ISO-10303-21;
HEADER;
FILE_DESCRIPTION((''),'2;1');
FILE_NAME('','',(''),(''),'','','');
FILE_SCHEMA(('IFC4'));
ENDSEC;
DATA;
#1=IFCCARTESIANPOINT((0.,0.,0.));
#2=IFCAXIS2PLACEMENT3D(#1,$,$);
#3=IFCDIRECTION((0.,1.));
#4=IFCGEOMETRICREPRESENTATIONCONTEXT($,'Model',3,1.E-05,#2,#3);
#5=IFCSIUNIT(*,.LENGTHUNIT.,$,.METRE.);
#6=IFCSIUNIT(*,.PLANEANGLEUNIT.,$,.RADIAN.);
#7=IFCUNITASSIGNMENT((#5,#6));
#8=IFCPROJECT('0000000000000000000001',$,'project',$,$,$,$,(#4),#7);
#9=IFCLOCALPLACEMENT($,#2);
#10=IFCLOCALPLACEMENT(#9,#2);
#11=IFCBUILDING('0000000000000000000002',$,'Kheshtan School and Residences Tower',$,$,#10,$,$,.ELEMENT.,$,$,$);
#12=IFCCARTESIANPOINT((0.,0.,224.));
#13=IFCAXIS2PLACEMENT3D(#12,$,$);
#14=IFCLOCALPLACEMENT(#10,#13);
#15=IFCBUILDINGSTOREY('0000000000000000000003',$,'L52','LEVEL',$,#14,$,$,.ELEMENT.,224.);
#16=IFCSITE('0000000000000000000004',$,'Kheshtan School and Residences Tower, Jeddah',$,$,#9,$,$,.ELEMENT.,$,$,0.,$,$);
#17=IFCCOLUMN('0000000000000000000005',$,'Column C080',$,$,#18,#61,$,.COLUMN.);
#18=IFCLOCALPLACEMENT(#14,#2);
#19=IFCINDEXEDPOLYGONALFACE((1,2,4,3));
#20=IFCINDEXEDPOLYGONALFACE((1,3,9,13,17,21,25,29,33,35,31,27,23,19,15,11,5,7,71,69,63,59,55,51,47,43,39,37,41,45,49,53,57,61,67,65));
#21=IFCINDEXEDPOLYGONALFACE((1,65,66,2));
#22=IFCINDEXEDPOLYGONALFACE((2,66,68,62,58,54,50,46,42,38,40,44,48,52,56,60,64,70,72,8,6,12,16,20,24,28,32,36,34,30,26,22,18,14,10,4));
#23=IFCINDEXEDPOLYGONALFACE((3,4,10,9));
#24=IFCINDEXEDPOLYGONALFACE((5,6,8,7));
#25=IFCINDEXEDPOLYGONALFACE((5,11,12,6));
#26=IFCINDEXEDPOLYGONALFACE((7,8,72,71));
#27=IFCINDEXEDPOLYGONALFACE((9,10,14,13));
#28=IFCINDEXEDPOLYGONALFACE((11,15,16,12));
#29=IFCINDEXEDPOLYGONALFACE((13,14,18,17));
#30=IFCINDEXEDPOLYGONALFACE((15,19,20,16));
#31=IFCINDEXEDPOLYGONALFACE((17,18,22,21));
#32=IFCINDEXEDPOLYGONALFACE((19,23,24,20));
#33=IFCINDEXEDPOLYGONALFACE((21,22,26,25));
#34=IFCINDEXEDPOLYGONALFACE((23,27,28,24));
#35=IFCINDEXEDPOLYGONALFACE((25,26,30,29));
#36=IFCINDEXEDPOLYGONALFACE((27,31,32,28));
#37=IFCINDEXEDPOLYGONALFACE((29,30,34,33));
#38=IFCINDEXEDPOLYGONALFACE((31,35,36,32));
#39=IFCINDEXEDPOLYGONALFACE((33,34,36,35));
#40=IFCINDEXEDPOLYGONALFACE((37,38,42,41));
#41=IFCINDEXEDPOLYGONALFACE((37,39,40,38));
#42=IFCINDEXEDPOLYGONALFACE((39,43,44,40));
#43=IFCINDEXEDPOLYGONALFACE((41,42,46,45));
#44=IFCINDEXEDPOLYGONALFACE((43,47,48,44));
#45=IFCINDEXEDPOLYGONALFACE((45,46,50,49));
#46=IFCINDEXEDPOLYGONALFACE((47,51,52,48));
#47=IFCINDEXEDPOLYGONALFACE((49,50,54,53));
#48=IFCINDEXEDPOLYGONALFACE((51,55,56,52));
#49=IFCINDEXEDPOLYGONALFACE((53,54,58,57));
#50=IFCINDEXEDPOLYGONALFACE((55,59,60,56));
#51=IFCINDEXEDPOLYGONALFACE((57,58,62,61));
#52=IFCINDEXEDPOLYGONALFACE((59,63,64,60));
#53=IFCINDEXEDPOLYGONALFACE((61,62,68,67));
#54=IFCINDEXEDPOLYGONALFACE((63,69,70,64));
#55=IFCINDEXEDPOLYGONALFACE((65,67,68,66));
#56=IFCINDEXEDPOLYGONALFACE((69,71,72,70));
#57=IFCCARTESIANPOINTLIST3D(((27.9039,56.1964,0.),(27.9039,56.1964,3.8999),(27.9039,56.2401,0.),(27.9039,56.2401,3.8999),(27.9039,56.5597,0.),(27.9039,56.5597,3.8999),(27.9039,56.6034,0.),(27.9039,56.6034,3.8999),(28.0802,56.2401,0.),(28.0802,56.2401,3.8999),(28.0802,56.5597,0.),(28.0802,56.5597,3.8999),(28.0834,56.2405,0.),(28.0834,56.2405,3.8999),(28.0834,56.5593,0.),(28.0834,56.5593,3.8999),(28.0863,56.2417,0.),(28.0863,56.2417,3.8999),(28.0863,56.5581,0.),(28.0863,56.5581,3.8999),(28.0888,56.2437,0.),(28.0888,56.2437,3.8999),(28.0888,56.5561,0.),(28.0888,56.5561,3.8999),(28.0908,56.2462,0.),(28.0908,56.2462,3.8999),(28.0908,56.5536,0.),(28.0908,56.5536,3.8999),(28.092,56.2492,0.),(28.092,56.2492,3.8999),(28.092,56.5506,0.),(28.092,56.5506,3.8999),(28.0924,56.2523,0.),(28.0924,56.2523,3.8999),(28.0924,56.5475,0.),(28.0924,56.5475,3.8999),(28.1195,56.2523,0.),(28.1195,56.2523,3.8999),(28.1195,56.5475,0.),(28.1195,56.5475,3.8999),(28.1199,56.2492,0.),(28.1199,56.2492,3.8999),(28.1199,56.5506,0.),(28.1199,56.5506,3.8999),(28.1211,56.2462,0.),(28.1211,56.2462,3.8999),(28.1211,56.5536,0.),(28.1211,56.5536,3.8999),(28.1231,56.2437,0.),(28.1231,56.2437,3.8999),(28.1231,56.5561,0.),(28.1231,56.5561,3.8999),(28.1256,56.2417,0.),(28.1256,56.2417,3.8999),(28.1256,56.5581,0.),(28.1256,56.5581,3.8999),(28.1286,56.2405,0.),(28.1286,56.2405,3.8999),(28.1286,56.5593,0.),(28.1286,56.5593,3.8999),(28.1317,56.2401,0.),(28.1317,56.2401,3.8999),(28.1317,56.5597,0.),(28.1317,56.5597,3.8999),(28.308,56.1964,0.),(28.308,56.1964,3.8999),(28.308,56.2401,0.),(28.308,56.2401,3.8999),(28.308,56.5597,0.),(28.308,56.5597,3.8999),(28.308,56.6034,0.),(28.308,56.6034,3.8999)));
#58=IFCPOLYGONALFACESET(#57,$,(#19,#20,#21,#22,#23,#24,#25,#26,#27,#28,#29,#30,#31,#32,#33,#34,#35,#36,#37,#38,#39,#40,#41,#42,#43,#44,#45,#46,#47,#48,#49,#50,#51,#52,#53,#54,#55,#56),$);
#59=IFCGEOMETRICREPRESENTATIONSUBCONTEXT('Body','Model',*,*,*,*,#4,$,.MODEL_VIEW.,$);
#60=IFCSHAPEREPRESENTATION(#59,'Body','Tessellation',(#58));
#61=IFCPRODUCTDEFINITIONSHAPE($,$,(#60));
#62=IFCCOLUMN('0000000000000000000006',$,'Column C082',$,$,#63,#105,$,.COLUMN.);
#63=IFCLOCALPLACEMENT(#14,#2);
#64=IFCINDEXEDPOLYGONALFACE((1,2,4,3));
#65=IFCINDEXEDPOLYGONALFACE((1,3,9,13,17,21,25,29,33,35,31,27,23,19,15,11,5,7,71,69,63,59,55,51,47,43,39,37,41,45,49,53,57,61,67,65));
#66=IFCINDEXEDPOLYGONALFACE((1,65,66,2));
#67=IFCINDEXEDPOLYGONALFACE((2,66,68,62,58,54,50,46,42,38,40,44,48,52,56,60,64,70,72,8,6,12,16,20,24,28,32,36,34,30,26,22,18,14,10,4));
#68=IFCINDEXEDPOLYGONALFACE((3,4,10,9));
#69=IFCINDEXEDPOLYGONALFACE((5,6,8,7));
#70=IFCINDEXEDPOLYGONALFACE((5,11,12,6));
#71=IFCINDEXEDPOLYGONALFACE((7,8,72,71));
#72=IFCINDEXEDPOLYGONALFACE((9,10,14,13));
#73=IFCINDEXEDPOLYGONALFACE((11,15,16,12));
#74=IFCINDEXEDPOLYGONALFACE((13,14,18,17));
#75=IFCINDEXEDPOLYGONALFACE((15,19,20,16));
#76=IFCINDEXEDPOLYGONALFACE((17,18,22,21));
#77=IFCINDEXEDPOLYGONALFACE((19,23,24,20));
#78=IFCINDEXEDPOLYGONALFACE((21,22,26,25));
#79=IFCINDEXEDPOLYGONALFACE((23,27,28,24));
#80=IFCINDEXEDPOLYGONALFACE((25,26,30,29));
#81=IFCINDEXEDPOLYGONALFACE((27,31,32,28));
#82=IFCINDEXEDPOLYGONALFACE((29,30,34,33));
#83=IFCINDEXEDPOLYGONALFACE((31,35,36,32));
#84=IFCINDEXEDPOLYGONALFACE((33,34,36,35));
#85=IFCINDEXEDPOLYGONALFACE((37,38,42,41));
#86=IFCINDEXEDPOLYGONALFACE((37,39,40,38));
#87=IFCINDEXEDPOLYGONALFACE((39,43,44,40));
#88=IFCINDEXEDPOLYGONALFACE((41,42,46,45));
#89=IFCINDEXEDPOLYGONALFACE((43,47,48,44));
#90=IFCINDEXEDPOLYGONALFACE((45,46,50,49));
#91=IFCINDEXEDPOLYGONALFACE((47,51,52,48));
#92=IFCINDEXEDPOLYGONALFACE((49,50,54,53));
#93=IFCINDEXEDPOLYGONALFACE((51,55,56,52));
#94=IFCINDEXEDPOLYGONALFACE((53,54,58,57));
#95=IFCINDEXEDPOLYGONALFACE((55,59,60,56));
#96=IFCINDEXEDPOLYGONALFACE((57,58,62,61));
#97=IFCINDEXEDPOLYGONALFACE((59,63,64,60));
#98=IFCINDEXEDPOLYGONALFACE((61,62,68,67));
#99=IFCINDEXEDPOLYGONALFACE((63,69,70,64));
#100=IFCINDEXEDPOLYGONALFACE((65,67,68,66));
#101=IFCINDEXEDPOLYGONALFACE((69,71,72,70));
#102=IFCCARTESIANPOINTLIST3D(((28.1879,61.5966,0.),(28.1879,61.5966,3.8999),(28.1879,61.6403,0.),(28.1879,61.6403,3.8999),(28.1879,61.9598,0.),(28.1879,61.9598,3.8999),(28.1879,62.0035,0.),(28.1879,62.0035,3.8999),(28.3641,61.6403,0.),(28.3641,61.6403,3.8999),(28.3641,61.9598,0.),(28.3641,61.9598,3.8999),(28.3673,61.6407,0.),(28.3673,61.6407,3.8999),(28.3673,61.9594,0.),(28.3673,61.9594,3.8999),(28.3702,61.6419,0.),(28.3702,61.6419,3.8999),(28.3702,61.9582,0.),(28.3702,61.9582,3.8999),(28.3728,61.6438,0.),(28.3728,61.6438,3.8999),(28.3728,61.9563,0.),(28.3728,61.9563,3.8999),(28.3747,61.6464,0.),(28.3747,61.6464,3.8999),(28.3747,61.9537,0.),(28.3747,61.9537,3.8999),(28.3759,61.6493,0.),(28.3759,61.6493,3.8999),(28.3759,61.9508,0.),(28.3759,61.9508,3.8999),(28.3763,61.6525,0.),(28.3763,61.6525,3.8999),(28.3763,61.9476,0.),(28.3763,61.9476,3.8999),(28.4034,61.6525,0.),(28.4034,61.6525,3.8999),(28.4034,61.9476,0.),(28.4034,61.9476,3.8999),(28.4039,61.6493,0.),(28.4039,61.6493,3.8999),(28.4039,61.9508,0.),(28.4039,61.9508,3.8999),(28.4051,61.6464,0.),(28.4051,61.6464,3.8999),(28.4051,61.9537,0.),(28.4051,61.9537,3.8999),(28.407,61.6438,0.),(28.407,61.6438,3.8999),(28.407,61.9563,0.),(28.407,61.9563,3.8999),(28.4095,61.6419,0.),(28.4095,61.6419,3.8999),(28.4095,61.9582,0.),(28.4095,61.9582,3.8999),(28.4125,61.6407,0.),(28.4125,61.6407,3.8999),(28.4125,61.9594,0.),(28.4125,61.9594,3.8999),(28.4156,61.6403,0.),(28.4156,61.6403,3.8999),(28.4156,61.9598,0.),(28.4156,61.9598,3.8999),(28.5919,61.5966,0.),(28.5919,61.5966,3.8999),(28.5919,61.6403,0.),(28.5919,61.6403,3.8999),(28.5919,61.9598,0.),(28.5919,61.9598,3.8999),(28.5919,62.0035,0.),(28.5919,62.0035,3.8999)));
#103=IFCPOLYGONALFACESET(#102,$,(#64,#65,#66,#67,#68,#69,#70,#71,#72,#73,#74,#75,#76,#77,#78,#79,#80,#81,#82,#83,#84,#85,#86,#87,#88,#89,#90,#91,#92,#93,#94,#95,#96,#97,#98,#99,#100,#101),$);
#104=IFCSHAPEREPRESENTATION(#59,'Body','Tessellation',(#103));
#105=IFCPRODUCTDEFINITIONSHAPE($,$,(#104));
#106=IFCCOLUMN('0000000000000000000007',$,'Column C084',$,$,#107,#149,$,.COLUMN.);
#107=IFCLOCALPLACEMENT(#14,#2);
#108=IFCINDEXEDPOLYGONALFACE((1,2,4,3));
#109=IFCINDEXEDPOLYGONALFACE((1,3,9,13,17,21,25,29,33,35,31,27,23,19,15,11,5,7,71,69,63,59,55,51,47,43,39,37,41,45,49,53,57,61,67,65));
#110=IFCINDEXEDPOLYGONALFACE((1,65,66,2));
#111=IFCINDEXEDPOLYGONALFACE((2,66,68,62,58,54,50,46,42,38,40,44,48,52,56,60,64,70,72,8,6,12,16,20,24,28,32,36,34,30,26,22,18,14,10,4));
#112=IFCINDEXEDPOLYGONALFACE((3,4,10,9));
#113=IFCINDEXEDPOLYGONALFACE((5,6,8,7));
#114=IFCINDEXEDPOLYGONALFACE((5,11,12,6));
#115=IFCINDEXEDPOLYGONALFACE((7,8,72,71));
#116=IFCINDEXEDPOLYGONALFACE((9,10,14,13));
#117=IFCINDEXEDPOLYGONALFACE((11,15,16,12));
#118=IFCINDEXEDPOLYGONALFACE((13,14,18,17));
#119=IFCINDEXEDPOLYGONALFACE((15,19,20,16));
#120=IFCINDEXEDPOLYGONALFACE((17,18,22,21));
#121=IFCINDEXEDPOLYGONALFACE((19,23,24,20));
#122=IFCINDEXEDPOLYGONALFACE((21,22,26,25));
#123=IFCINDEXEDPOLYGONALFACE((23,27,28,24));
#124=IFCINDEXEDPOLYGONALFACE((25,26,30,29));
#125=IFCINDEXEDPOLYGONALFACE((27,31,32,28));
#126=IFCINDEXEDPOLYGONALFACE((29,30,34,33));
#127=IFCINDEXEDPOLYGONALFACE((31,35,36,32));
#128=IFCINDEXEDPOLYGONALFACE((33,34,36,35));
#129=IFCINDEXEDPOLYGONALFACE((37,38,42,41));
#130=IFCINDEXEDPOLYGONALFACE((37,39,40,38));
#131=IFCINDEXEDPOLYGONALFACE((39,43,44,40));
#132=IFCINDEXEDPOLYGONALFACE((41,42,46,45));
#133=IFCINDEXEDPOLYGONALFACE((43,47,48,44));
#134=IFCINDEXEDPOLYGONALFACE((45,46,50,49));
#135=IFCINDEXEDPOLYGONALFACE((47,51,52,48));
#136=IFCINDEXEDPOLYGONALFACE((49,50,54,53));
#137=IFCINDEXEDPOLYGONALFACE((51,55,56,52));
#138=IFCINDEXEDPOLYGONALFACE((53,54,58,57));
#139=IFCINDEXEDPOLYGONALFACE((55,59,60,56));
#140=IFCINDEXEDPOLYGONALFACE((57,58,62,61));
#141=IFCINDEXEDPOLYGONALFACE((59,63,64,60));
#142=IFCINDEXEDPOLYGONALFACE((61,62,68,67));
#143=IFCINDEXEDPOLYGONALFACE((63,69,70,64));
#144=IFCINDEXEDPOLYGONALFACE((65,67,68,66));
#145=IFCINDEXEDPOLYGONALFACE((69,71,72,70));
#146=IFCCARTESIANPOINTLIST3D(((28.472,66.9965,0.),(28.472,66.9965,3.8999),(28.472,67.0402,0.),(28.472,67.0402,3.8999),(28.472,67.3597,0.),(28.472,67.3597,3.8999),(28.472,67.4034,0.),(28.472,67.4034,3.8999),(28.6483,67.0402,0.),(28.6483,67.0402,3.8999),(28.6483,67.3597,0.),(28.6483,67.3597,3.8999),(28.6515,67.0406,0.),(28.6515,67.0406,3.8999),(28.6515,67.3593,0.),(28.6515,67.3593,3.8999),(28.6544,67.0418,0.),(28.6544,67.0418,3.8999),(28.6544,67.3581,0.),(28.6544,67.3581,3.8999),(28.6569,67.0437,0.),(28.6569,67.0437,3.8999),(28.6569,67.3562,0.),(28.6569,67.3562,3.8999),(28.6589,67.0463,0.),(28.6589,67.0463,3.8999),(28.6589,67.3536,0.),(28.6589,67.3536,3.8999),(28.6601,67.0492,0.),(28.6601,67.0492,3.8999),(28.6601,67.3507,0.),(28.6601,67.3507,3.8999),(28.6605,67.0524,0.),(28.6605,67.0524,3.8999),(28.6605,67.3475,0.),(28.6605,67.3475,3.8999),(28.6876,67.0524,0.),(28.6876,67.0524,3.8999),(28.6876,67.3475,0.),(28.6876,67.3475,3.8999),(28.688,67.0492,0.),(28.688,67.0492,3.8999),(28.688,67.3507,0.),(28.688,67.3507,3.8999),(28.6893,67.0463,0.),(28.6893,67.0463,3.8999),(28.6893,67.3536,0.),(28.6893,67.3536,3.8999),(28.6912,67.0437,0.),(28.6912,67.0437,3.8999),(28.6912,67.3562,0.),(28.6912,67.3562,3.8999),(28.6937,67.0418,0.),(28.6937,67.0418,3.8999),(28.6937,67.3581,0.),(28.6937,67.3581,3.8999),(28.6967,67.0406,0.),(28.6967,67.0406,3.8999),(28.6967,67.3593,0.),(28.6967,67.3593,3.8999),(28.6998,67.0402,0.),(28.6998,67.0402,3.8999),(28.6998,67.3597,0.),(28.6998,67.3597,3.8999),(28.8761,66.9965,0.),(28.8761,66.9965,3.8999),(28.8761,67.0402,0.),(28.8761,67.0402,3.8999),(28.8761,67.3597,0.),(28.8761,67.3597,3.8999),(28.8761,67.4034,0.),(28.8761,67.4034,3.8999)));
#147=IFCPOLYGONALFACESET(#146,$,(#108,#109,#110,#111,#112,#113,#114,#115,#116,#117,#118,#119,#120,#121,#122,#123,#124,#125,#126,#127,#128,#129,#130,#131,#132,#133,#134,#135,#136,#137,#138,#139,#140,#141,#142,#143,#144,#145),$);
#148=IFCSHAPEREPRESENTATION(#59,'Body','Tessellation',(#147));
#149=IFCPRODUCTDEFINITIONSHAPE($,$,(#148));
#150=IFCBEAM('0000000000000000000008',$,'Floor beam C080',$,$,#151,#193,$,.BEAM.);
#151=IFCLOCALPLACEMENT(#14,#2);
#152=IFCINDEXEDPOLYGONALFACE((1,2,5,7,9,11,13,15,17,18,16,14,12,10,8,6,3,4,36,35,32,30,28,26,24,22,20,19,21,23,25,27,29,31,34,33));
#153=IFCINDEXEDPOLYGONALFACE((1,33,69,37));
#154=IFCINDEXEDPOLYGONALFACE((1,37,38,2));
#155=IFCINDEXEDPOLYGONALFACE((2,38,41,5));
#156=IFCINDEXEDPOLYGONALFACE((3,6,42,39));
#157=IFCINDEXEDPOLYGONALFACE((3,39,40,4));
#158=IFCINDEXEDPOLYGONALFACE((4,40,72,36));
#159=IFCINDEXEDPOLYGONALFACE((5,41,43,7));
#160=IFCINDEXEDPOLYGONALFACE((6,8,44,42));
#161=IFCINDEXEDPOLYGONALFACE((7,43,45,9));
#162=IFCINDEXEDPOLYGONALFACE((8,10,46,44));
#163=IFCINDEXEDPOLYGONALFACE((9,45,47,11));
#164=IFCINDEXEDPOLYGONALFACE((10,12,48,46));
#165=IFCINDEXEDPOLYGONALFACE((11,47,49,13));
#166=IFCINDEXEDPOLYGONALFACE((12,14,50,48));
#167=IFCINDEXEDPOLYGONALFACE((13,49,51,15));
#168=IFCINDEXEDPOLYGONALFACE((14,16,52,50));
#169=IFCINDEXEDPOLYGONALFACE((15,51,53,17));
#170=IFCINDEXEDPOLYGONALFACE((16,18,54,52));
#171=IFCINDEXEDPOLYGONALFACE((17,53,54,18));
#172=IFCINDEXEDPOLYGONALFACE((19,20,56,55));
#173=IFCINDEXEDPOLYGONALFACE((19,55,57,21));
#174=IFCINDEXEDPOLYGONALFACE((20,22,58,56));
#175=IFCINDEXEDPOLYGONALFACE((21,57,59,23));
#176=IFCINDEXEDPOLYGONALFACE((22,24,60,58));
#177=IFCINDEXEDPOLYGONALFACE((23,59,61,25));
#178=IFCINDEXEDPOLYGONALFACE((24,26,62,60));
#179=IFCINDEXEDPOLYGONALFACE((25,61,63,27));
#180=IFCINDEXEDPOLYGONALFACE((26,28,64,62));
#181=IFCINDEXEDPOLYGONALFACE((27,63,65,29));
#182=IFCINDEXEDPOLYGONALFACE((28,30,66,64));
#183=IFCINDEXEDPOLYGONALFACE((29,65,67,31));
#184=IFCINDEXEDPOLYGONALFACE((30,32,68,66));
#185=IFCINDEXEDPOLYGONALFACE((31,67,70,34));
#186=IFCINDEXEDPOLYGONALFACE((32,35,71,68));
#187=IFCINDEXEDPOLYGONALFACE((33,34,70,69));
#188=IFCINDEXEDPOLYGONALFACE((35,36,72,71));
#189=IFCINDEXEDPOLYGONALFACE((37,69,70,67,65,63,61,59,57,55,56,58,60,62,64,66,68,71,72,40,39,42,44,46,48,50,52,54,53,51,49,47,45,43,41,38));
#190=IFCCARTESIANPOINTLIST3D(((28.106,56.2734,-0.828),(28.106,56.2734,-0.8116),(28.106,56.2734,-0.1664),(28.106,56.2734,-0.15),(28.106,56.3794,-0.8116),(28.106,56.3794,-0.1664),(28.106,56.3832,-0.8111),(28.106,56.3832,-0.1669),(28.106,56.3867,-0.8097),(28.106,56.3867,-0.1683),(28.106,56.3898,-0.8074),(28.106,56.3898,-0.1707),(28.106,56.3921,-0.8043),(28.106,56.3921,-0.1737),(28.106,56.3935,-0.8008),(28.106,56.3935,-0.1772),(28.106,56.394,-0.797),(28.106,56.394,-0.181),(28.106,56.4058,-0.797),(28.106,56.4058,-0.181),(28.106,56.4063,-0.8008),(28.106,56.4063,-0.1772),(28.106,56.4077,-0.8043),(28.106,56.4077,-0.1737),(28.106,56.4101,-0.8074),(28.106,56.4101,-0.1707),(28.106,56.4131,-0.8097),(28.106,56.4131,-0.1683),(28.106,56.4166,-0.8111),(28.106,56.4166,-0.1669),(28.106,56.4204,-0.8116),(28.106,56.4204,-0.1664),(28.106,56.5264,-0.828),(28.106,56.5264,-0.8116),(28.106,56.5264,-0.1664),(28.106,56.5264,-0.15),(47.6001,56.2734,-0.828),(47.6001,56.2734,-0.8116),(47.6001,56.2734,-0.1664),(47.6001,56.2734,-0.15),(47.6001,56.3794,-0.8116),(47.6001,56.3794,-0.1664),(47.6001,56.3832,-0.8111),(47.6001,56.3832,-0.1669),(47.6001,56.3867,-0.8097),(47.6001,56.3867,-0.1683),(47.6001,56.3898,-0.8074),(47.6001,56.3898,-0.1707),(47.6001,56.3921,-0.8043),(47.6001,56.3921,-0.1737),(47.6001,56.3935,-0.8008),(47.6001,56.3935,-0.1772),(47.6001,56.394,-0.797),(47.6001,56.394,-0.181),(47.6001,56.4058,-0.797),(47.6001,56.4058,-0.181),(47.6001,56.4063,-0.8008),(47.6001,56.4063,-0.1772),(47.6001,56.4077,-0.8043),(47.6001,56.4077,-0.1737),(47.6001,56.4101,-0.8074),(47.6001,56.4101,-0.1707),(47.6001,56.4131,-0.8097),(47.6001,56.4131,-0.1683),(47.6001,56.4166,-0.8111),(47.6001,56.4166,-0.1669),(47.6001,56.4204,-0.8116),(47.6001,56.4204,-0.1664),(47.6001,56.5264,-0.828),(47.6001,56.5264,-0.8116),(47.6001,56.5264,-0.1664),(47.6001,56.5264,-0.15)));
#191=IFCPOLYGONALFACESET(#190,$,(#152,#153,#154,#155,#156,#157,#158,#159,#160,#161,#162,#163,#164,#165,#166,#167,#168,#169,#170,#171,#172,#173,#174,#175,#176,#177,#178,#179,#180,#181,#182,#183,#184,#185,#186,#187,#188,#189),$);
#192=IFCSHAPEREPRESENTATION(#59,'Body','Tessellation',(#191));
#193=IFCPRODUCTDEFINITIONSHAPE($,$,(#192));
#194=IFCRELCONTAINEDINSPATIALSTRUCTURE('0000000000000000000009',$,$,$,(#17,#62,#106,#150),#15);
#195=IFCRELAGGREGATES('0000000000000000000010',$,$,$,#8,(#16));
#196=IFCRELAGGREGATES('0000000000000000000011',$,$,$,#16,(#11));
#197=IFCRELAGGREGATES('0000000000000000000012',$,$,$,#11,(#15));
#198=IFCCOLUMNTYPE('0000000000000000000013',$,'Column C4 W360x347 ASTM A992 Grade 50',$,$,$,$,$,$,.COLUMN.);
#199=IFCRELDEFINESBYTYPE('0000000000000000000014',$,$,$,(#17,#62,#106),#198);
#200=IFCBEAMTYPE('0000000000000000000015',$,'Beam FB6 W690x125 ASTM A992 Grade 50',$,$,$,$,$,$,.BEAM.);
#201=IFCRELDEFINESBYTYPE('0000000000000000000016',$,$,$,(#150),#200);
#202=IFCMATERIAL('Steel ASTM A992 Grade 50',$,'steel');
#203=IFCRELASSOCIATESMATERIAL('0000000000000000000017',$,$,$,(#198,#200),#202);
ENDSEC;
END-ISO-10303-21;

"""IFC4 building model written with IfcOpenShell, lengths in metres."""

from ifc_helpers import new_model, si_unit, direction, frame, origin, origin_2d, place, context, subcontext, project, spatial, i_section, extrude, material, material_profile, profile_set, type_object, element, save


model = new_model("IFC4")

# Units and contexts
model_context = context("Model", 3, precision=1e-05, world=origin(), true_north=direction((0.0, 1.0)))
body_context = subcontext(model_context, "Body", "Model", "MODEL_VIEW")
ifc_project = project(units=[si_unit("LENGTHUNIT", "METRE"), si_unit("PLANEANGLEUNIT", "RADIAN")], contexts=[model_context])

# Site, building, storey
site_placement = place(None, origin())
site = spatial("IfcSite", under=ifc_project, at=site_placement, Name="Kheshtan School and Residences Tower, Jeddah", CompositionType="ELEMENT", RefElevation=0.0)
building_placement = place(site_placement, origin())
building = spatial("IfcBuilding", under=site, at=building_placement, Name="Kheshtan School and Residences Tower", CompositionType="ELEMENT")
storey_placement = place(building_placement, frame((0.0, 0.0, 224.0)))
storey = spatial("IfcBuildingStorey", under=building, at=storey_placement, Name="L52", Description="LEVEL", CompositionType="ELEMENT", Elevation=224.0)

# Columns
ifc_material_1 = material(Name="Steel ASTM A992 Grade 50", Category="steel")
ifc_material_profile_1 = material_profile(ifc_material_1, i_section(OverallWidth=0.4041, OverallDepth=0.407, WebThickness=0.0271, FlangeThickness=0.0437, FilletRadius=0.0122, at=origin_2d()), Name="W360x347")
ifc_profile_set_1 = profile_set([ifc_material_profile_1], Name="Steel ASTM A992 Grade 50")
column_type = type_object("IfcColumnType", Name="Column C4 W360x347 ASTM A992 Grade 50", PredefinedType="COLUMN", material=ifc_profile_set_1)
for number, where, z_axis, x_axis, name in (
    (1, (28.106, 56.3999, 0.0), (0.0, 0.0, 1.0), (1.0, 0.0, 0.0), "Column C080"),
    (2, (28.3899, 61.8, 0.0), (0.0, 0.0, 1.0), (1.0, 0.0, 0.0), "Column C082"),
    (3, (28.6741, 67.2, 0.0), (0.0, 0.0, 1.0), (1.0, 0.0, 0.0), "Column C084"),
):
    element("IfcColumn", number, at=place(storey_placement, frame(where, z_axis=z_axis, x_axis=x_axis)), inside=storey, type_object=column_type, Name=name, PredefinedType="COLUMN", context=body_context, shape_type="SweptSolid", body=[
        extrude(i_section(OverallWidth=0.4041, OverallDepth=0.407, WebThickness=0.0271, FlangeThickness=0.0437, FilletRadius=0.0122, at=origin_2d()), origin(), (0.0, 0.0, 1.0), 3.8999),
    ])

# Beam
ifc_material_profile_2 = material_profile(ifc_material_1, i_section(OverallWidth=0.2529, OverallDepth=0.678, WebThickness=0.0117, FlangeThickness=0.0164, FilletRadius=0.0146, at=origin_2d()), Name="W690x125")
ifc_profile_set_2 = profile_set([ifc_material_profile_2], Name="Steel ASTM A992 Grade 50")
beam_type_1 = type_object("IfcBeamType", Name="Beam FB6 W690x125 ASTM A992 Grade 50", PredefinedType="BEAM", material=ifc_profile_set_2)
beam_1_placement = place(storey_placement, frame((28.106, 56.3999, -0.489), z_axis=(1.0, 0.0, 0.0), x_axis=(0.0, 1.0, 0.0)))
element("IfcBeam", 4, at=beam_1_placement, inside=storey, type_object=beam_type_1, Name="Floor beam C080", PredefinedType="BEAM", context=body_context, shape_type="SweptSolid", body=[
    extrude(i_section(OverallWidth=0.2529, OverallDepth=0.678, WebThickness=0.0117, FlangeThickness=0.0164, FilletRadius=0.0146, at=origin_2d()), origin(), (0.0, 0.0, 1.0), 19.4941),
])

save(model, "model.ifc")
